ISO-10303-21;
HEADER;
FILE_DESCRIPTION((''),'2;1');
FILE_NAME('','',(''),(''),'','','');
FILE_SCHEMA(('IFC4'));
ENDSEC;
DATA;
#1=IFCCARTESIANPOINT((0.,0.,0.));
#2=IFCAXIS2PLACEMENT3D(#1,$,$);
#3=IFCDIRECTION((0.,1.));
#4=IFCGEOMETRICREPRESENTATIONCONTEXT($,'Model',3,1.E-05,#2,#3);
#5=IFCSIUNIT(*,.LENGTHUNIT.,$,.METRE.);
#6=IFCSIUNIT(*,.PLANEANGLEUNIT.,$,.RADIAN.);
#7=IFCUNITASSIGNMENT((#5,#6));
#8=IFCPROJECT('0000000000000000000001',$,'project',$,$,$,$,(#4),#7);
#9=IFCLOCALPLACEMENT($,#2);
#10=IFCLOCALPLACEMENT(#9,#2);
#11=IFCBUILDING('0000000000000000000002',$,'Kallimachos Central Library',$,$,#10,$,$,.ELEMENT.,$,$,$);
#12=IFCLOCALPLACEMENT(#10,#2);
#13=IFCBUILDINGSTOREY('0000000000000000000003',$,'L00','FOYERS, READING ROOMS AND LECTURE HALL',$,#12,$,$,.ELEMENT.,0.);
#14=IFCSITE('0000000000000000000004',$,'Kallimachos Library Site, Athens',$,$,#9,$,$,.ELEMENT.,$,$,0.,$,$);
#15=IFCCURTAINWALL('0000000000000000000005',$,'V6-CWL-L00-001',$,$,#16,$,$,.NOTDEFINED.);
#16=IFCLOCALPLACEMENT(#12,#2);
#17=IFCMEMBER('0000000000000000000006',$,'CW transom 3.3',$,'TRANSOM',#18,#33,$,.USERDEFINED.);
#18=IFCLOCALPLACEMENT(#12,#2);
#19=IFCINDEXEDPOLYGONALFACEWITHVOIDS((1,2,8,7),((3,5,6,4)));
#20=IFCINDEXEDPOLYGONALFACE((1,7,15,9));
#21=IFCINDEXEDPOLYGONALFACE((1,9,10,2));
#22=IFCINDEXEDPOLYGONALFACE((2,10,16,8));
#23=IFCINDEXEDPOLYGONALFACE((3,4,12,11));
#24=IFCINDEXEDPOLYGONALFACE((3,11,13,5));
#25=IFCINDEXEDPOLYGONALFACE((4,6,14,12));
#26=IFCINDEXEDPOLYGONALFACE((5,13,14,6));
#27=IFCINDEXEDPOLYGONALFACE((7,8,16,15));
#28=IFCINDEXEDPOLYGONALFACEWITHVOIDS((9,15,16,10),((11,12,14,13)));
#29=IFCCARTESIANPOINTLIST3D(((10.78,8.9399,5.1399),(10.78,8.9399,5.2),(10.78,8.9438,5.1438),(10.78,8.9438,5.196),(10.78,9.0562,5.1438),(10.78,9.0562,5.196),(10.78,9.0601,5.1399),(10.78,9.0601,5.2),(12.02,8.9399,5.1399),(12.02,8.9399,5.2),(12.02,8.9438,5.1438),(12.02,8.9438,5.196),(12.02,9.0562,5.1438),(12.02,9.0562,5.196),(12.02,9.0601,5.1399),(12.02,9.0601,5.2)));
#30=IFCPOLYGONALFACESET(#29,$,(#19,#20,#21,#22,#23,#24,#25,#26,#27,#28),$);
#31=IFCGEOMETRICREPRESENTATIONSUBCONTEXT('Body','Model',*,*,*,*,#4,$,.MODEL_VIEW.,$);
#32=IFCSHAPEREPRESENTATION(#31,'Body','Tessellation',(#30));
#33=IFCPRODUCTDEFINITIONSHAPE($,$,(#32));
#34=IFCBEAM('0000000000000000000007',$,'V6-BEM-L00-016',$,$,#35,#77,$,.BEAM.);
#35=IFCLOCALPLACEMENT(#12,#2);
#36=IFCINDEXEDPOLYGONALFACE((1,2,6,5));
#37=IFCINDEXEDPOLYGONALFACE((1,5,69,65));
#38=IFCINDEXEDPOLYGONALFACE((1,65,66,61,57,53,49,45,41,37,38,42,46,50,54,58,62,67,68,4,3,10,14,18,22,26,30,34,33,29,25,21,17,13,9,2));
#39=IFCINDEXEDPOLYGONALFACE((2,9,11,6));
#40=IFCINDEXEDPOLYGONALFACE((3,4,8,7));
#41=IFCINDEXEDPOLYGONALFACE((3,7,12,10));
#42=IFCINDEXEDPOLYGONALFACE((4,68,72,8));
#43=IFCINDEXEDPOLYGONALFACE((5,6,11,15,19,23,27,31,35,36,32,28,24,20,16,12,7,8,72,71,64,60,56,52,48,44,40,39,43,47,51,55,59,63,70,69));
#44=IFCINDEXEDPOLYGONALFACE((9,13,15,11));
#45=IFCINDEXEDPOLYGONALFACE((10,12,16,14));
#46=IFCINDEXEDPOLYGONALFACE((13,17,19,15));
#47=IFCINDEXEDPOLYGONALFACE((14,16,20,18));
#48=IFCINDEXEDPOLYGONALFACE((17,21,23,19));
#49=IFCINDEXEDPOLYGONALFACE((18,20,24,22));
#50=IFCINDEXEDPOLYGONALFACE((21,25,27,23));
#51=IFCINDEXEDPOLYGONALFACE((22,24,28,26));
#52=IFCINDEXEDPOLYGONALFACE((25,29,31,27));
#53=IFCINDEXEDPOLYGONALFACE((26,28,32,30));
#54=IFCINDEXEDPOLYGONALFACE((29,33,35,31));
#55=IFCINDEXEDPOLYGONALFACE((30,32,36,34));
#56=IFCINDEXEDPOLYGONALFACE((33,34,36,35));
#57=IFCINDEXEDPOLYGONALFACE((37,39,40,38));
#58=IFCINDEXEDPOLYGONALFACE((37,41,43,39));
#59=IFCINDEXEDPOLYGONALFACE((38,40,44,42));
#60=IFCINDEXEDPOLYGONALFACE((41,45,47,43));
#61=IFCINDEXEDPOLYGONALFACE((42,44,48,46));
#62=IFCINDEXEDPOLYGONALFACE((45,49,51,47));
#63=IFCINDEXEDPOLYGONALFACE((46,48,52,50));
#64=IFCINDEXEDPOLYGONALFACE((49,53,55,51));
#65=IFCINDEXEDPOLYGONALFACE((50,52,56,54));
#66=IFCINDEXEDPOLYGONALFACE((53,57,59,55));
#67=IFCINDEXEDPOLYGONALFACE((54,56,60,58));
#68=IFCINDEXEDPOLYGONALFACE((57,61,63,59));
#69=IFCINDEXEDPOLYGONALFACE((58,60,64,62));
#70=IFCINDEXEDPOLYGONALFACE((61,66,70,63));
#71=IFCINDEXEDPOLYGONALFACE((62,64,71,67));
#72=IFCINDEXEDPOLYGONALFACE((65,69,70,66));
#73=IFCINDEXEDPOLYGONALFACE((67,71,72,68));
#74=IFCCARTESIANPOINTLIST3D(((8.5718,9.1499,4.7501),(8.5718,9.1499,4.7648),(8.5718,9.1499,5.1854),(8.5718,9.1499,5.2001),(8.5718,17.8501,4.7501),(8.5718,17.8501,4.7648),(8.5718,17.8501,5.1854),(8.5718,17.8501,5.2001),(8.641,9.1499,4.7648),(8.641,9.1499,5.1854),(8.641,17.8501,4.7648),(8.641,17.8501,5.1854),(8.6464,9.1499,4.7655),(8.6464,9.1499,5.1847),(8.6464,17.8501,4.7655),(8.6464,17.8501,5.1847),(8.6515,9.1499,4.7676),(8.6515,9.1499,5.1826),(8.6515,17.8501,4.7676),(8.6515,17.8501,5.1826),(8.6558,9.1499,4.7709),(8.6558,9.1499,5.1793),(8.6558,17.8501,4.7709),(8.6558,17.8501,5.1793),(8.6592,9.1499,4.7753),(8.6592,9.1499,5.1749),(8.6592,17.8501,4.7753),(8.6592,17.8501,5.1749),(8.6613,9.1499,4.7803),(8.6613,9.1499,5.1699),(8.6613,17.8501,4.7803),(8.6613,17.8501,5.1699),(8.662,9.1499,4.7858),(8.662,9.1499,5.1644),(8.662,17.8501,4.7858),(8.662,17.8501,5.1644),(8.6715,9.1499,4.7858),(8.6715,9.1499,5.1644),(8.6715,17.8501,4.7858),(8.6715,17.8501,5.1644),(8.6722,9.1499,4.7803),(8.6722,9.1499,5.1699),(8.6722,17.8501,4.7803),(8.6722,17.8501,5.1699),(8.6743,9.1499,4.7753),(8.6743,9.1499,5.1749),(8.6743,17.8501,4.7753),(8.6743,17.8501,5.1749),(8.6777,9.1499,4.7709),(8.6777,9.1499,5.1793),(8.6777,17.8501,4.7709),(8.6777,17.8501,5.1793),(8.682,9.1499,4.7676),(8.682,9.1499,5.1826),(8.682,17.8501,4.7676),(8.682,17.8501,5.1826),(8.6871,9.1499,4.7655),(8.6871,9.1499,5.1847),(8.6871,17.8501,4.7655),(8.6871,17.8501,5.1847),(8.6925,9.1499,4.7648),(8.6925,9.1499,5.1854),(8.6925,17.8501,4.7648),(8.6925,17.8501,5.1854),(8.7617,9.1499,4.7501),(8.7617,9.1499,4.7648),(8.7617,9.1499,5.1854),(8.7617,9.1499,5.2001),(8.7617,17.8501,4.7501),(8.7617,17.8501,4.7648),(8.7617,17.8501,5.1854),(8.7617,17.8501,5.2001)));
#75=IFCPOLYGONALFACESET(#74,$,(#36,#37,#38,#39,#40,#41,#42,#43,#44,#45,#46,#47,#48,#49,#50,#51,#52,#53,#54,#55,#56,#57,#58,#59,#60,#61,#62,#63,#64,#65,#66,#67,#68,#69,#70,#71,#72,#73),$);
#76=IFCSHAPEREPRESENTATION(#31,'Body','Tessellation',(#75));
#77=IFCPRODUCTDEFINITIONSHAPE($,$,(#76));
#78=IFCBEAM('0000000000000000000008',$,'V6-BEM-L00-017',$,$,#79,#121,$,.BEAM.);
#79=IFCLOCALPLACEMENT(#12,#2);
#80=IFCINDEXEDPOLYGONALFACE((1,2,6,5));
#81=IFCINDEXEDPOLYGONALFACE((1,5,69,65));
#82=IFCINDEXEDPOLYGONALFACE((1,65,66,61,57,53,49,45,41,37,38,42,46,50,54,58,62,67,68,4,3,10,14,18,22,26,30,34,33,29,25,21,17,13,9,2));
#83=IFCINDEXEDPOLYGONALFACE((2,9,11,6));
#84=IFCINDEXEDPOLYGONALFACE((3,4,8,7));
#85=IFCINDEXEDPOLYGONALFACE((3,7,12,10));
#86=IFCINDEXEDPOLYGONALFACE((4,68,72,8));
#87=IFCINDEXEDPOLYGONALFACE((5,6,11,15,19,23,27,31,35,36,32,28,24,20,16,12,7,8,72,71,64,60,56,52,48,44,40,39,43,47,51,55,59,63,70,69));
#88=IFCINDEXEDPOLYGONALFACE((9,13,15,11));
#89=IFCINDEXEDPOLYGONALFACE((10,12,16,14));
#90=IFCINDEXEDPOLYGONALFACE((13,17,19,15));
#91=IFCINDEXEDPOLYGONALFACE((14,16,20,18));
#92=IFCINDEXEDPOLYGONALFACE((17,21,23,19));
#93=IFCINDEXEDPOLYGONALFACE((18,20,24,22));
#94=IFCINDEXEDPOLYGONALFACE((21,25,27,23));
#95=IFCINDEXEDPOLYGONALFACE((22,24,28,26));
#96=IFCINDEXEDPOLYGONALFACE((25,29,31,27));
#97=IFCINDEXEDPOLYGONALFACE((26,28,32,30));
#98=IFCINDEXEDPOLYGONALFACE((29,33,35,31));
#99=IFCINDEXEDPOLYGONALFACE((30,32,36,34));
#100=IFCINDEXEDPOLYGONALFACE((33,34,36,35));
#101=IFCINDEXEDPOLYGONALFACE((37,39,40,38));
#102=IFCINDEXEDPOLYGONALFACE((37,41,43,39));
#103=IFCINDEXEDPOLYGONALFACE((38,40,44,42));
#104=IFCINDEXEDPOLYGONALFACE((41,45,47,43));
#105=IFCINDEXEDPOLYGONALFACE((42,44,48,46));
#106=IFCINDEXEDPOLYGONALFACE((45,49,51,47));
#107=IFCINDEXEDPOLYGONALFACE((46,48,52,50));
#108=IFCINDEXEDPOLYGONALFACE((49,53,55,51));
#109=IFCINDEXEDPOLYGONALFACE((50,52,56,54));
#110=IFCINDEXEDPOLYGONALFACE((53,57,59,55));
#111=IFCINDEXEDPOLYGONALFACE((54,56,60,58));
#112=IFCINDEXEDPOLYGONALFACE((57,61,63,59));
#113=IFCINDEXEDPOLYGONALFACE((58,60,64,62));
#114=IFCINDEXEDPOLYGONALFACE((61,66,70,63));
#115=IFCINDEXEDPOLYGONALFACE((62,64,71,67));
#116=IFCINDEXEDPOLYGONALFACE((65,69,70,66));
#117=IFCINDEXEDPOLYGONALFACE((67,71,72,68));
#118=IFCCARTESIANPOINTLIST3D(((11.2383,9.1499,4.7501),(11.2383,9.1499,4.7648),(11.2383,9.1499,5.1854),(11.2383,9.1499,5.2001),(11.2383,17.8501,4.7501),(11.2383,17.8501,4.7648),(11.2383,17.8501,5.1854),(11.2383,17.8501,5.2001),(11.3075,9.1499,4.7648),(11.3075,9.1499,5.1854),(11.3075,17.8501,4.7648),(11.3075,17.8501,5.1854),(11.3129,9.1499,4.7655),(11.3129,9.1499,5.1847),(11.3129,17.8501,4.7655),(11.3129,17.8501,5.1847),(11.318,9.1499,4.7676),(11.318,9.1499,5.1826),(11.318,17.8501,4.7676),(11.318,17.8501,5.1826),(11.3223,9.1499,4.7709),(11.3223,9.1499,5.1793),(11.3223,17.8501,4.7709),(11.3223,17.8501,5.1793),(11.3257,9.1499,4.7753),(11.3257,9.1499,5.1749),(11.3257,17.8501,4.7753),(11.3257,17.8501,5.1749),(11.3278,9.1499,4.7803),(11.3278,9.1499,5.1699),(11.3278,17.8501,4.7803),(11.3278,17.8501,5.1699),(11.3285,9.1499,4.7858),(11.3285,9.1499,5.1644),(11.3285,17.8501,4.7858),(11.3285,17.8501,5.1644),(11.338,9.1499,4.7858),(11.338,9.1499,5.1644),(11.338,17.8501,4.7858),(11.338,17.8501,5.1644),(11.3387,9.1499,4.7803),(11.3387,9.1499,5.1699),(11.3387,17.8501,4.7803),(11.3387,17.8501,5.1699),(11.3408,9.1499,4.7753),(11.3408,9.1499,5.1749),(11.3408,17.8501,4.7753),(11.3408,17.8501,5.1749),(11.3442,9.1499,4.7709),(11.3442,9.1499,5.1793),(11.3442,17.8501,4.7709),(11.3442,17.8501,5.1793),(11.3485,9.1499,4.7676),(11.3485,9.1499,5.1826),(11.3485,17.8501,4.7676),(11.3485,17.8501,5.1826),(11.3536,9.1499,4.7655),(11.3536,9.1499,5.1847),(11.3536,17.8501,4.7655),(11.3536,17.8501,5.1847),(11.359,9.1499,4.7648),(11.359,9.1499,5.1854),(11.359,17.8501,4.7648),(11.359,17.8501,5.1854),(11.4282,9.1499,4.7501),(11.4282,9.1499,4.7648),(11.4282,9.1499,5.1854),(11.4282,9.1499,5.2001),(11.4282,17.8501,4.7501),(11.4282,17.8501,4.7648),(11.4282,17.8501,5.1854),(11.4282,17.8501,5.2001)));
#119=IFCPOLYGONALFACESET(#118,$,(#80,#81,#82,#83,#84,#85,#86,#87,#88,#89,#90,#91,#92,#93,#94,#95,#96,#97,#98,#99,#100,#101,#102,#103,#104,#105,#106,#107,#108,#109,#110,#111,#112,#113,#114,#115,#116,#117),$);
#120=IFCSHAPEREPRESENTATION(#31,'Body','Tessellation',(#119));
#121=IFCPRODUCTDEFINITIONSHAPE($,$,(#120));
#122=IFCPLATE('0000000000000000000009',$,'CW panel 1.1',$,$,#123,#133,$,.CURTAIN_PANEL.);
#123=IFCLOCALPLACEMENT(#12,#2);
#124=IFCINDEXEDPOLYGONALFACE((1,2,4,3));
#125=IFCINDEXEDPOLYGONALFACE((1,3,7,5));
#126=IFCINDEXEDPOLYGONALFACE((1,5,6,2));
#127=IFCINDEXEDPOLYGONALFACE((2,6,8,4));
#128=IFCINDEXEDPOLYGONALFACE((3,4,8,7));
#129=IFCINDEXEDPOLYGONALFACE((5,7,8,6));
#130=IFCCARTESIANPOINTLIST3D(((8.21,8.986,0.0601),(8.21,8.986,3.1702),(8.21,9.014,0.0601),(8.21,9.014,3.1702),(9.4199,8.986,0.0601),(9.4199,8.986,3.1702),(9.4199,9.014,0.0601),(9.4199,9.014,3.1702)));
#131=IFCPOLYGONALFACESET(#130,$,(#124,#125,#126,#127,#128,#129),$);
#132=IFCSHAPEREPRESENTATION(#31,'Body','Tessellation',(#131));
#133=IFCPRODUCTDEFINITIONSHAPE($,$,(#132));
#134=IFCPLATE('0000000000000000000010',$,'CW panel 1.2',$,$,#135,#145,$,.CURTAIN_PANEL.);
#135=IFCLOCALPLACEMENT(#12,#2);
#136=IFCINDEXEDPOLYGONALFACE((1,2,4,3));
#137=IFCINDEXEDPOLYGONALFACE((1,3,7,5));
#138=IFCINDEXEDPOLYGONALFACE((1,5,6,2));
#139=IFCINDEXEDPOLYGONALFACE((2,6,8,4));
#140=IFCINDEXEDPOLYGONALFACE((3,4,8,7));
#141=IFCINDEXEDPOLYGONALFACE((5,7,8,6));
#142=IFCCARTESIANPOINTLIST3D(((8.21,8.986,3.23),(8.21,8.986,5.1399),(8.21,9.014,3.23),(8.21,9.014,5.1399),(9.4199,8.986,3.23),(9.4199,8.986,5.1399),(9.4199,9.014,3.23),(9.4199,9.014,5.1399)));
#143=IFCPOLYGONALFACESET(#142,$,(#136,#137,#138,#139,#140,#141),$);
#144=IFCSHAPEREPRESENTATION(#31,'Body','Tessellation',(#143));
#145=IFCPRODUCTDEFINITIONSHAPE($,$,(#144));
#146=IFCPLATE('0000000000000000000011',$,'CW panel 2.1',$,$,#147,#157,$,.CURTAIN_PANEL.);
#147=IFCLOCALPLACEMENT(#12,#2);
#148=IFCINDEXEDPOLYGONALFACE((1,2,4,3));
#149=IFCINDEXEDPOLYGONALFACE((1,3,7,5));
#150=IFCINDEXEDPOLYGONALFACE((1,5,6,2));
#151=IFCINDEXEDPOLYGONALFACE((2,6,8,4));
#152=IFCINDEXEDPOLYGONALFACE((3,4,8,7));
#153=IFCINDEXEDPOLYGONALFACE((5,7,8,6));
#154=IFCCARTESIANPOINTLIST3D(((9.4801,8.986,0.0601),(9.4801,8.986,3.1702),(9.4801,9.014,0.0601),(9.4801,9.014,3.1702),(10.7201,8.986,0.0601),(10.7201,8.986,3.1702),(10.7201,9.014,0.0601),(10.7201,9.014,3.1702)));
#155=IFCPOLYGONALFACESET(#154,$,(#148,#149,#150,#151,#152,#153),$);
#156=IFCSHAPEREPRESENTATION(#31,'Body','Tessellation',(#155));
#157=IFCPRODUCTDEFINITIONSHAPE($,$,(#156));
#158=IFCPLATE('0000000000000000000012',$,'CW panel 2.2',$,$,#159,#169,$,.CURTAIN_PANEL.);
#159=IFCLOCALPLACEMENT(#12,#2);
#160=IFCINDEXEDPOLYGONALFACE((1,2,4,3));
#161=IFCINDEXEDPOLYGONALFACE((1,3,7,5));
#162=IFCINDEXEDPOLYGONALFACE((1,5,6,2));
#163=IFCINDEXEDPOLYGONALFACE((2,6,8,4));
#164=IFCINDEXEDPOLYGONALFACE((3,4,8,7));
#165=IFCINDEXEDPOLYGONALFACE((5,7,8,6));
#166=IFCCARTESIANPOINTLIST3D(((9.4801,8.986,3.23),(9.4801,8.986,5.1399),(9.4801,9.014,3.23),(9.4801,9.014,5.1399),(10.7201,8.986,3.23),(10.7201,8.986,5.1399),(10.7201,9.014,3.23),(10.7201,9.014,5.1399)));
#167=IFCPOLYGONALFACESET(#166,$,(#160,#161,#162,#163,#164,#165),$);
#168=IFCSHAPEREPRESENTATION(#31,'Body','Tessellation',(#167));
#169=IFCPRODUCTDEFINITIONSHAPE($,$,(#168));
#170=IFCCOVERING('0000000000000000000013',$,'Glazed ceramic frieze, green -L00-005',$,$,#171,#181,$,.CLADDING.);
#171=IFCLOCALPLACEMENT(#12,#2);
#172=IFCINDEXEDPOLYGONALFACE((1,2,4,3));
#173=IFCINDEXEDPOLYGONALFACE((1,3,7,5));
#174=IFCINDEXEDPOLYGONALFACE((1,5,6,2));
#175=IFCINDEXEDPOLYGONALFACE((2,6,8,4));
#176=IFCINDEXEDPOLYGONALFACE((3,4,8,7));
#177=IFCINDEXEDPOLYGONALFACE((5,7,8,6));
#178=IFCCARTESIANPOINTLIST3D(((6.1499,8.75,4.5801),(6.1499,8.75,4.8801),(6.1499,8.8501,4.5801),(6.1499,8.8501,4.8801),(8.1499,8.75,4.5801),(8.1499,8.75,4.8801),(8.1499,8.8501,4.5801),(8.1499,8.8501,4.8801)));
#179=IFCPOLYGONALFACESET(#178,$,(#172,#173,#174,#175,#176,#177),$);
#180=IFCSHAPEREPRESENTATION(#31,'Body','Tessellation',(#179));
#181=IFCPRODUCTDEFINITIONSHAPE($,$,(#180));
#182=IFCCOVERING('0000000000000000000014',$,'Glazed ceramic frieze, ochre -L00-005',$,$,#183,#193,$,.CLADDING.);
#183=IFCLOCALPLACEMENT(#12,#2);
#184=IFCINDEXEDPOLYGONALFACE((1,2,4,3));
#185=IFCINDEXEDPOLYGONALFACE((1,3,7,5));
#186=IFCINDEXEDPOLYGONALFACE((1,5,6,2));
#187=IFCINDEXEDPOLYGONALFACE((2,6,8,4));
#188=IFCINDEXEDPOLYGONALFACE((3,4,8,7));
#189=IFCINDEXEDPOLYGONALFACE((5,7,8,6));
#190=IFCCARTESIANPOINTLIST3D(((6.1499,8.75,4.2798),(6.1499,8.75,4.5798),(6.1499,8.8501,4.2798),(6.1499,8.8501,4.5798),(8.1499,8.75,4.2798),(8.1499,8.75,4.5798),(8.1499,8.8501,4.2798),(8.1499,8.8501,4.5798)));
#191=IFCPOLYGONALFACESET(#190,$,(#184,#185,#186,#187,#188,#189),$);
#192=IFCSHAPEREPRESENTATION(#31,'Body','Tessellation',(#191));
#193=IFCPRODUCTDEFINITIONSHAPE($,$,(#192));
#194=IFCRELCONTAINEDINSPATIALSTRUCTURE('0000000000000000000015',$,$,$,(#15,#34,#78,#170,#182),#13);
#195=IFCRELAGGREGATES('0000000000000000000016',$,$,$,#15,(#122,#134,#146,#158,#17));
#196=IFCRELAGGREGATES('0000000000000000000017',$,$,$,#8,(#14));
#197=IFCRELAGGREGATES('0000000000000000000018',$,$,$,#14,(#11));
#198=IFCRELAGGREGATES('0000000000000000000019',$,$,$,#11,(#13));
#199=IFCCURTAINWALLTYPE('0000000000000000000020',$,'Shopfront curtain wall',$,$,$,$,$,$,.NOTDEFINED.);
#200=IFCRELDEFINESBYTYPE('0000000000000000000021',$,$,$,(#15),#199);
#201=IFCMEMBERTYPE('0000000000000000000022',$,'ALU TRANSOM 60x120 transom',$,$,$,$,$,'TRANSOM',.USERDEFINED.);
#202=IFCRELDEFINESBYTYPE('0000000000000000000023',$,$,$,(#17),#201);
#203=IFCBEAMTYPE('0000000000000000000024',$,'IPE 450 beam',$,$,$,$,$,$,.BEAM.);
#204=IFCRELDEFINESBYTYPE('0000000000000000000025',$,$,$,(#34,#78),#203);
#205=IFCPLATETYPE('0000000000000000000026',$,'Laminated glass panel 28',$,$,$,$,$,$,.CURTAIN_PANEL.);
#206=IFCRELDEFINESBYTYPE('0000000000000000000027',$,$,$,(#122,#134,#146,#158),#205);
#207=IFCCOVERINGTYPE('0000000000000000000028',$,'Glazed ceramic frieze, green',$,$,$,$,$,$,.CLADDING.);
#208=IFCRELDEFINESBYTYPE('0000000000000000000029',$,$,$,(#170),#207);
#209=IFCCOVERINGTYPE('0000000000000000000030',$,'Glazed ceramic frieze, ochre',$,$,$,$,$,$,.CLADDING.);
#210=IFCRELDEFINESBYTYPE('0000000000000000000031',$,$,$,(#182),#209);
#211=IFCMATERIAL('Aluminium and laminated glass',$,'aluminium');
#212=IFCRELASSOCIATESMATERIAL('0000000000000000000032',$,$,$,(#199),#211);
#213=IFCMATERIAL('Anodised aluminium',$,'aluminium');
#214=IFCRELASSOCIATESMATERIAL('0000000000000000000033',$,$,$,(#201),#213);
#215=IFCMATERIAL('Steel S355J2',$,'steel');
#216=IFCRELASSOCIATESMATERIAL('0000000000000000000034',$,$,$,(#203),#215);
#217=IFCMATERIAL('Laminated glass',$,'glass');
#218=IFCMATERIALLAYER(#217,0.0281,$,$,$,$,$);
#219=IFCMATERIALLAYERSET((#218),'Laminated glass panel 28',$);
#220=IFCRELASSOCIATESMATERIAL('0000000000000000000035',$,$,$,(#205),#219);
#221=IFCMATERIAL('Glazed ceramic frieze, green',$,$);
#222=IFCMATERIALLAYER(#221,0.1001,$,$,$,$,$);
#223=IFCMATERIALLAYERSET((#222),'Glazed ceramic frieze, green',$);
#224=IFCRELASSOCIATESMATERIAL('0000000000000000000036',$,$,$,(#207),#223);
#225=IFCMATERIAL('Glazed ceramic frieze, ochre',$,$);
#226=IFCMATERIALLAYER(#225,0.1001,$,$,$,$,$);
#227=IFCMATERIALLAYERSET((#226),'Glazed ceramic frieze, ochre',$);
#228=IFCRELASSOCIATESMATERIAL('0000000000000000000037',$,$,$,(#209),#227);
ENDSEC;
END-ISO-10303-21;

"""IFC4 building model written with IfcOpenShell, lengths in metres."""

from ifc_helpers import new_model, si_unit, direction, frame, origin, origin_2d, place, context, subcontext, project, spatial, rectangle, hollow_rectangle, i_section, extrude, material, layer, layer_set, material_profile, profile_set, type_object, element, aggregate, save


model = new_model("IFC4")

# Units and contexts
model_context = context("Model", 3, precision=1e-05, world=origin(), true_north=direction((0.0, 1.0)))
body_context = subcontext(model_context, "Body", "Model", "MODEL_VIEW")
ifc_project = project(units=[si_unit("LENGTHUNIT", "METRE"), si_unit("PLANEANGLEUNIT", "RADIAN")], contexts=[model_context])

# Site, building, storey
site_placement = place(None, origin())
site = spatial("IfcSite", under=ifc_project, at=site_placement, Name="Kallimachos Library Site, Athens", CompositionType="ELEMENT", RefElevation=0.0)
building_placement = place(site_placement, origin())
building = spatial("IfcBuilding", under=site, at=building_placement, Name="Kallimachos Central Library", CompositionType="ELEMENT")
storey_placement = place(building_placement, origin())
storey = spatial("IfcBuildingStorey", under=building, at=storey_placement, Name="L00", Description="FOYERS, READING ROOMS AND LECTURE HALL", CompositionType="ELEMENT", Elevation=0.0)

# Curtain wall, member
ifc_material_1 = material(Name="Aluminium and laminated glass", Category="aluminium")
curtain_wall_type = type_object("IfcCurtainWallType", Name="Shopfront curtain wall", PredefinedType="NOTDEFINED", material=ifc_material_1)
curtain_wall_placement = place(storey_placement, origin())
curtain_wall = element("IfcCurtainWall", 1, at=curtain_wall_placement, inside=storey, type_object=curtain_wall_type, Name="V6-CWL-L00-001", PredefinedType="NOTDEFINED")
ifc_material_2 = material(Name="Anodised aluminium", Category="aluminium")
ifc_material_profile_1 = material_profile(ifc_material_2, hollow_rectangle(XDim=0.0601, YDim=0.1201, WallThickness=0.0039, at=origin_2d()), Name="ALU TRANSOM 60x120")
ifc_profile_set_1 = profile_set([ifc_material_profile_1], Name="Anodised aluminium")
member_type_1 = type_object("IfcMemberType", Name="ALU TRANSOM 60x120 transom", ElementType="TRANSOM", PredefinedType="USERDEFINED", material=ifc_profile_set_1)
member_1_placement = place(storey_placement, frame((10.78, 9.0, 5.1699), z_axis=(1.0, 0.0, 0.0), x_axis=(0.0, 0.0, 1.0)))
member_1 = element("IfcMember", 2, at=member_1_placement, type_object=member_type_1, Name="CW transom 3.3", ObjectType="TRANSOM", PredefinedType="USERDEFINED", context=body_context, shape_type="SweptSolid", body=[
    extrude(hollow_rectangle(XDim=0.0601, YDim=0.1201, WallThickness=0.0039, at=origin_2d()), origin(), (0.0, 0.0, 1.0), 1.24),
])

# Beams
ifc_material_3 = material(Name="Steel S355J2", Category="steel")
ifc_material_profile_2 = material_profile(ifc_material_3, i_section(OverallWidth=0.1899, OverallDepth=0.45, WebThickness=0.0095, FlangeThickness=0.0146, FilletRadius=0.021, at=origin_2d()), Name="IPE 450")
ifc_profile_set_2 = profile_set([ifc_material_profile_2], Name="Steel S355J2")
beam_type = type_object("IfcBeamType", Name="IPE 450 beam", PredefinedType="BEAM", material=ifc_profile_set_2)
for number, where, z_axis, x_axis, name in (
    (3, (8.6667, 9.1499, 4.9751), (0.0, 1.0, 0.0), (-1.0, 0.0, 0.0), "V6-BEM-L00-016"),
    (4, (11.3333, 9.1499, 4.9751), (0.0, 1.0, 0.0), (-1.0, 0.0, 0.0), "V6-BEM-L00-017"),
):
    element("IfcBeam", number, at=place(storey_placement, frame(where, z_axis=z_axis, x_axis=x_axis)), inside=storey, type_object=beam_type, Name=name, PredefinedType="BEAM", context=body_context, shape_type="SweptSolid", body=[
        extrude(i_section(OverallWidth=0.1899, OverallDepth=0.45, WebThickness=0.0095, FlangeThickness=0.0146, FilletRadius=0.021, at=origin_2d()), origin(), (0.0, 0.0, 1.0), 8.7002),
    ])

# Plates
ifc_material_4 = material(Name="Laminated glass", Category="glass")
ifc_layer_1 = layer(ifc_material_4, 0.0281)
ifc_layer_set_1 = layer_set([ifc_layer_1], Name="Laminated glass panel 28")
plate_type = type_object("IfcPlateType", Name="Laminated glass panel 28", PredefinedType="CURTAIN_PANEL", material=ifc_layer_set_1)
plate_1_placement = place(storey_placement, frame((8.8149, 9.0, 0.0601), z_axis=(0.0, 0.0, 1.0), x_axis=(1.0, 0.0, 0.0)))
plate_1 = element("IfcPlate", 5, at=plate_1_placement, type_object=plate_type, Name="CW panel 1.1", PredefinedType="CURTAIN_PANEL", context=body_context, shape_type="SweptSolid", body=[
    extrude(rectangle(XDim=1.21, YDim=0.0281, at=origin_2d()), origin(), (0.0, 0.0, 1.0), 3.1101),
])
plate_2_placement = place(storey_placement, frame((8.8149, 9.0, 3.23), z_axis=(0.0, 0.0, 1.0), x_axis=(1.0, 0.0, 0.0)))
plate_2 = element("IfcPlate", 6, at=plate_2_placement, type_object=plate_type, Name="CW panel 1.2", PredefinedType="CURTAIN_PANEL", context=body_context, shape_type="SweptSolid", body=[
    extrude(rectangle(XDim=1.21, YDim=0.0281, at=origin_2d()), origin(), (0.0, 0.0, 1.0), 1.9099),
])
plate_3_placement = place(storey_placement, frame((10.1001, 9.0, 0.0601), z_axis=(0.0, 0.0, 1.0), x_axis=(1.0, 0.0, 0.0)))
plate_3 = element("IfcPlate", 7, at=plate_3_placement, type_object=plate_type, Name="CW panel 2.1", PredefinedType="CURTAIN_PANEL", context=body_context, shape_type="SweptSolid", body=[
    extrude(rectangle(XDim=1.24, YDim=0.0281, at=origin_2d()), origin(), (0.0, 0.0, 1.0), 3.1101),
])
plate_4_placement = place(storey_placement, frame((10.1001, 9.0, 3.23), z_axis=(0.0, 0.0, 1.0), x_axis=(1.0, 0.0, 0.0)))
plate_4 = element("IfcPlate", 8, at=plate_4_placement, type_object=plate_type, Name="CW panel 2.2", PredefinedType="CURTAIN_PANEL", context=body_context, shape_type="SweptSolid", body=[
    extrude(rectangle(XDim=1.24, YDim=0.0281, at=origin_2d()), origin(), (0.0, 0.0, 1.0), 1.9099),
])
aggregate(curtain_wall, [plate_1, plate_2, plate_3, plate_4, member_1])

# Coverings
ifc_material_5 = material(Name="Glazed ceramic frieze, green")
ifc_layer_2 = layer(ifc_material_5, 0.1001)
ifc_layer_set_2 = layer_set([ifc_layer_2], Name="Glazed ceramic frieze, green")
covering_type_1 = type_object("IfcCoveringType", Name="Glazed ceramic frieze, green", PredefinedType="CLADDING", material=ifc_layer_set_2)
covering_1_placement = place(storey_placement, frame((7.1499, 8.8, 4.5801), z_axis=(0.0, 0.0, 1.0), x_axis=(1.0, 0.0, 0.0)))
element("IfcCovering", 9, at=covering_1_placement, inside=storey, type_object=covering_type_1, Name="Glazed ceramic frieze, green -L00-005", PredefinedType="CLADDING", context=body_context, shape_type="SweptSolid", body=[
    extrude(rectangle(XDim=2.0, YDim=0.1001, at=origin_2d()), origin(), (0.0, 0.0, 1.0), 0.3),
])
ifc_material_6 = material(Name="Glazed ceramic frieze, ochre")
ifc_layer_3 = layer(ifc_material_6, 0.1001)
ifc_layer_set_3 = layer_set([ifc_layer_3], Name="Glazed ceramic frieze, ochre")
covering_type_2 = type_object("IfcCoveringType", Name="Glazed ceramic frieze, ochre", PredefinedType="CLADDING", material=ifc_layer_set_3)
covering_2_placement = place(storey_placement, frame((7.1499, 8.8, 4.2798), z_axis=(0.0, 0.0, 1.0), x_axis=(1.0, 0.0, 0.0)))
element("IfcCovering", 10, at=covering_2_placement, inside=storey, type_object=covering_type_2, Name="Glazed ceramic frieze, ochre -L00-005", PredefinedType="CLADDING", context=body_context, shape_type="SweptSolid", body=[
    extrude(rectangle(XDim=2.0, YDim=0.1001, at=origin_2d()), origin(), (0.0, 0.0, 1.0), 0.3),
])

save(model, "model.ifc")
